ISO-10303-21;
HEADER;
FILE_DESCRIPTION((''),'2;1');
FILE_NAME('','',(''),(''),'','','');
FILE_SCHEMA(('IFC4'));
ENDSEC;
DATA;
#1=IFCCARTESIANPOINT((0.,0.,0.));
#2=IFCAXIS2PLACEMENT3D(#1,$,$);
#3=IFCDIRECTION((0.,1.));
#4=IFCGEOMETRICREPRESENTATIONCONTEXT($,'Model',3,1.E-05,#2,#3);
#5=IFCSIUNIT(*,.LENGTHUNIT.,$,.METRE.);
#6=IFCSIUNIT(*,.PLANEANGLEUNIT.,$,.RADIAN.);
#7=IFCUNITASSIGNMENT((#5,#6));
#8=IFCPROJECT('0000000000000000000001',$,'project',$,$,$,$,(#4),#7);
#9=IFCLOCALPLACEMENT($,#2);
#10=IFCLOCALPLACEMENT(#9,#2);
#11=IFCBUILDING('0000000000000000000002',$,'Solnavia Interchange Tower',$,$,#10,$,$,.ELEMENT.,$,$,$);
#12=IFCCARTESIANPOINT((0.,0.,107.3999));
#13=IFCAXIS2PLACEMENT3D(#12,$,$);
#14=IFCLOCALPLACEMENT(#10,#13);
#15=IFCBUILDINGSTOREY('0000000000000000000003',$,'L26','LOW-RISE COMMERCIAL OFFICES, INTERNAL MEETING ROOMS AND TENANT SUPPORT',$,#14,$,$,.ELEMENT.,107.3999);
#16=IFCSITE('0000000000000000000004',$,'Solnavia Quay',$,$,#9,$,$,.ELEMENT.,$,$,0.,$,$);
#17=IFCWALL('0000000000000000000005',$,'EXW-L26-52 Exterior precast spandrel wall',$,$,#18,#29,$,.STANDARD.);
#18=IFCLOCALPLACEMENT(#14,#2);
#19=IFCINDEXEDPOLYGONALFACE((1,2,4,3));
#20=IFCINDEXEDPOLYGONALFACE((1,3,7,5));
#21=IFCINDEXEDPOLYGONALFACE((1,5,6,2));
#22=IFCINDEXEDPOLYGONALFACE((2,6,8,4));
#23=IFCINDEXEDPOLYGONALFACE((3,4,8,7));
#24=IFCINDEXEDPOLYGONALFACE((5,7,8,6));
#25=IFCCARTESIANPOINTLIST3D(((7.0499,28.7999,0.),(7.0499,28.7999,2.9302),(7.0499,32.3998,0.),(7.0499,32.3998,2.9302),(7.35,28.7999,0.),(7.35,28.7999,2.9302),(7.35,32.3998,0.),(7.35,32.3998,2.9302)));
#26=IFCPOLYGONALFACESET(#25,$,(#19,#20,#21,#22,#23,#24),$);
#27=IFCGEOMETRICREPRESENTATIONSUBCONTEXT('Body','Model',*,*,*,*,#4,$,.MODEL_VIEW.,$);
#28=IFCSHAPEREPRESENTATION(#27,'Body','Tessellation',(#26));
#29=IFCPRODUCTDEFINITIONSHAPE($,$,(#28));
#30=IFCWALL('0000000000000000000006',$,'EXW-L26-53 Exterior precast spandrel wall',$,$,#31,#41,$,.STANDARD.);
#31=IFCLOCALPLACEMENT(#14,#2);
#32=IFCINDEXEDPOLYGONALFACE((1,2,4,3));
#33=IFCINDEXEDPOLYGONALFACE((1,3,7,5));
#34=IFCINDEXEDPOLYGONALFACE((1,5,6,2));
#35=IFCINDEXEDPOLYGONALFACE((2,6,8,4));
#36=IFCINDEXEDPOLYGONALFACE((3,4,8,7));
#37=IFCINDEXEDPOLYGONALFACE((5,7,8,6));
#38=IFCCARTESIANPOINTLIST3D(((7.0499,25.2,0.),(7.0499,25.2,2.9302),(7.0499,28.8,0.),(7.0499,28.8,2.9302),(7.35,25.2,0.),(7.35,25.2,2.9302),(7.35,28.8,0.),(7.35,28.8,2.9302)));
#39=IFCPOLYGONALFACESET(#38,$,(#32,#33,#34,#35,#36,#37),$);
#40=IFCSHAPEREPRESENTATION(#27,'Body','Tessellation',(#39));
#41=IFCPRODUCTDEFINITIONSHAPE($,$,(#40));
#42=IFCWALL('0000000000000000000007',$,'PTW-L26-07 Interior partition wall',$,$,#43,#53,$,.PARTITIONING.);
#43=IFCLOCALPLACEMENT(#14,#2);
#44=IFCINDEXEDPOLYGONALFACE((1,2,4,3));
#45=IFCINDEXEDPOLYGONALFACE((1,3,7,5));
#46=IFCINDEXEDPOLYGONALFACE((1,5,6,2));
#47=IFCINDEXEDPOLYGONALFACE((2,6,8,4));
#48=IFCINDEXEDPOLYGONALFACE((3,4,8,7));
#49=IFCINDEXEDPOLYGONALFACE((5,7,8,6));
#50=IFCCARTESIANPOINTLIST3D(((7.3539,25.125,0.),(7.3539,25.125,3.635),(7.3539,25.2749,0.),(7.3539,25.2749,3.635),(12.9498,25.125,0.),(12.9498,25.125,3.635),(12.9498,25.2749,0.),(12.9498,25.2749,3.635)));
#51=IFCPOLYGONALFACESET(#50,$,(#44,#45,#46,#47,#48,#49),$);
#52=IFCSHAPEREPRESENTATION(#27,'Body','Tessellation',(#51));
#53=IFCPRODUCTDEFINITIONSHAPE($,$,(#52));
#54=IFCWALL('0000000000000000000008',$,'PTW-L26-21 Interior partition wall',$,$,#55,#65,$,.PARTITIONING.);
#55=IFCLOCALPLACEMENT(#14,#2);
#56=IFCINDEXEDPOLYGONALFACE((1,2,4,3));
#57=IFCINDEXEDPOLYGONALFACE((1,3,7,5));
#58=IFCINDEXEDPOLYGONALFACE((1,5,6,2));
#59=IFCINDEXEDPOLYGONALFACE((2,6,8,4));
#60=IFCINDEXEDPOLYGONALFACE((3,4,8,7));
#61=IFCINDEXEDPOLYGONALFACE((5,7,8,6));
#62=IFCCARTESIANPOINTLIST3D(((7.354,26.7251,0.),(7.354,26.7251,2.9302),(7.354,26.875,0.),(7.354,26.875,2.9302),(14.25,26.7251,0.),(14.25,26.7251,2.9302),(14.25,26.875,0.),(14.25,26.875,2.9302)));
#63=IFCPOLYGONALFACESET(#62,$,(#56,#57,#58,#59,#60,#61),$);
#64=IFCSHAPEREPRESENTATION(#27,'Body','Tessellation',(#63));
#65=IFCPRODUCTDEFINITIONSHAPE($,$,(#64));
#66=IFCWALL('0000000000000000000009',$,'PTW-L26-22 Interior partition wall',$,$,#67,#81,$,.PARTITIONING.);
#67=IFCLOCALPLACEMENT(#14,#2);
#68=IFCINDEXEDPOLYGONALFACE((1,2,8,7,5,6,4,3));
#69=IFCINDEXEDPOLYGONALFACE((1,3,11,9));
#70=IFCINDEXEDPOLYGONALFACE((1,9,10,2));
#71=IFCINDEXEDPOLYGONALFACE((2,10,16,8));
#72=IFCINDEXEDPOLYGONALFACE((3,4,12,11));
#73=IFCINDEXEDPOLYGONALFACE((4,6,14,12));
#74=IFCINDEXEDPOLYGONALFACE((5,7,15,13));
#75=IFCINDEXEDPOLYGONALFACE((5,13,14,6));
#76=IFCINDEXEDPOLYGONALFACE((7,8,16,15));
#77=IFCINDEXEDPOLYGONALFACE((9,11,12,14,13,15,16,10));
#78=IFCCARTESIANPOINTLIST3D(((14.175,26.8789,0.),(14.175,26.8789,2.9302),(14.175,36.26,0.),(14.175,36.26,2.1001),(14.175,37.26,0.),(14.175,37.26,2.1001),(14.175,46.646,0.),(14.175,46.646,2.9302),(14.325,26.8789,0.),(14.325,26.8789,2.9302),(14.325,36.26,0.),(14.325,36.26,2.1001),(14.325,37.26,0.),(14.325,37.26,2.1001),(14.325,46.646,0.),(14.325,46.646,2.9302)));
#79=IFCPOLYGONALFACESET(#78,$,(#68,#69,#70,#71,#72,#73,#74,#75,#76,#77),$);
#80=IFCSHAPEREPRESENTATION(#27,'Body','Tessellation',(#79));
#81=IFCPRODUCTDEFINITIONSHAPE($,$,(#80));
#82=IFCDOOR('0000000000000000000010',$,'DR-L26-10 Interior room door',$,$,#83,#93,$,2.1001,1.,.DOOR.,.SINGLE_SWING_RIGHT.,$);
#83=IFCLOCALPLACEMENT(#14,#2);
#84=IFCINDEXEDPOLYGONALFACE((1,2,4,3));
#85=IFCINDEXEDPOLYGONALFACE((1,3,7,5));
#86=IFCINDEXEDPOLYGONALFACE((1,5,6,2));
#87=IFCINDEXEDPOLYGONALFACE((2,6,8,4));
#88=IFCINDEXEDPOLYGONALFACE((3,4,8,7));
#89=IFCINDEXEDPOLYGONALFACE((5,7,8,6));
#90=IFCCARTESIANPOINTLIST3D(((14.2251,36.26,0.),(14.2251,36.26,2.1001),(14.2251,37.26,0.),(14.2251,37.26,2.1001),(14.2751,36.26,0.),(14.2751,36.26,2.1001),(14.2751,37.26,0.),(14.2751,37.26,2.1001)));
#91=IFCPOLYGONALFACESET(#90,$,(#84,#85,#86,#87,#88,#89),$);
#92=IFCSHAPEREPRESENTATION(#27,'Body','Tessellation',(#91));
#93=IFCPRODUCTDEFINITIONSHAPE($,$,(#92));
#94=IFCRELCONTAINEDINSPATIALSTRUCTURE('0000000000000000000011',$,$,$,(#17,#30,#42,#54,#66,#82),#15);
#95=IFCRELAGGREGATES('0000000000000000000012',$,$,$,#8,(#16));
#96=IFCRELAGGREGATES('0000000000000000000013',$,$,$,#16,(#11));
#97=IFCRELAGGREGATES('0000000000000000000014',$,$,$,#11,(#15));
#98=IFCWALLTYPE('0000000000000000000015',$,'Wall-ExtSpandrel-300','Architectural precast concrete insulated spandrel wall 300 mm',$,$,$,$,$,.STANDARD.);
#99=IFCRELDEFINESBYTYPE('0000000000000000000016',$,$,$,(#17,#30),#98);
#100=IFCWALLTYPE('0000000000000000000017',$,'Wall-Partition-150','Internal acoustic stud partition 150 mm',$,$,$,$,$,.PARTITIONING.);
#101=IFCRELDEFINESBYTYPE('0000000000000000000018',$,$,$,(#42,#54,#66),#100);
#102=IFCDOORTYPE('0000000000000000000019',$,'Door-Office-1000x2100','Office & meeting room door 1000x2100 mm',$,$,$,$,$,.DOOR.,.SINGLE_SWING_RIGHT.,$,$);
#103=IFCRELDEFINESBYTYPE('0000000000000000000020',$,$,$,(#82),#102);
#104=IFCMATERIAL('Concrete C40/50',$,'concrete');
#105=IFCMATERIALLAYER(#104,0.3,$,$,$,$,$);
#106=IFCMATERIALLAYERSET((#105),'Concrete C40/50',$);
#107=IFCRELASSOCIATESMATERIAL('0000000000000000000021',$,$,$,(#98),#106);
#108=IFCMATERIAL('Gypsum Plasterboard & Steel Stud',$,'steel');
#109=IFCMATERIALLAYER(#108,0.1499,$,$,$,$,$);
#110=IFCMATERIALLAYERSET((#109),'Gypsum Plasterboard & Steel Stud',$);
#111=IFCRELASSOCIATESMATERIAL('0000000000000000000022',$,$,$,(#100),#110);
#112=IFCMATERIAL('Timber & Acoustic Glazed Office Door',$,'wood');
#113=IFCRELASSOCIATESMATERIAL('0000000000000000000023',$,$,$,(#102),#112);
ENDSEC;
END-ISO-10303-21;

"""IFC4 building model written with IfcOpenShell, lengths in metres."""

from ifc_helpers import new_model, si_unit, direction, frame, frame_2d, origin, place, context, subcontext, project, spatial, rectangle, extrude, material, layer, layer_set, type_object, element, fill, save


model = new_model("IFC4")

# Units and contexts
model_context = context("Model", 3, precision=1e-05, world=origin(), true_north=direction((0.0, 1.0)))
body_context = subcontext(model_context, "Body", "Model", "MODEL_VIEW")
ifc_project = project(units=[si_unit("LENGTHUNIT", "METRE"), si_unit("PLANEANGLEUNIT", "RADIAN")], contexts=[model_context])

# Site, building, storey
site_placement = place(None, origin())
site = spatial("IfcSite", under=ifc_project, at=site_placement, Name="Solnavia Quay", CompositionType="ELEMENT", RefElevation=0.0)
building_placement = place(site_placement, origin())
building = spatial("IfcBuilding", under=site, at=building_placement, Name="Solnavia Interchange Tower", CompositionType="ELEMENT")
storey_placement = place(building_placement, frame((0.0, 0.0, 107.3999)))
storey = spatial("IfcBuildingStorey", under=building, at=storey_placement, Name="L26", Description="LOW-RISE COMMERCIAL OFFICES, INTERNAL MEETING ROOMS AND TENANT SUPPORT", CompositionType="ELEMENT", Elevation=107.3999)

# Walls
ifc_material_1 = material(Name="Concrete C40/50", Category="concrete")
ifc_layer_1 = layer(ifc_material_1, 0.3)
ifc_layer_set_1 = layer_set([ifc_layer_1], Name="Concrete C40/50")
wall_type_1 = type_object("IfcWallType", Name="Wall-ExtSpandrel-300", Description="Architectural precast concrete insulated spandrel wall 300 mm", PredefinedType="STANDARD", material=ifc_layer_set_1)
wall_1_placement = place(storey_placement, frame((7.2, 28.8, 0.0), z_axis=(0.0, 0.0, 1.0), x_axis=(0.0, 1.0, 0.0)))
element("IfcWall", 1, at=wall_1_placement, inside=storey, type_object=wall_type_1, Name="EXW-L26-52 Exterior precast spandrel wall", PredefinedType="STANDARD", context=body_context, shape_type="SweptSolid", body=[
    extrude(rectangle(XDim=3.5999, YDim=0.3, at=frame_2d((1.7998, 0.0))), origin(), (0.0, 0.0, 1.0), 2.9302),
])
wall_2_placement = place(storey_placement, frame((7.2, 25.2, 0.0), z_axis=(0.0, 0.0, 1.0), x_axis=(0.0, 1.0, 0.0)))
element("IfcWall", 2, at=wall_2_placement, inside=storey, type_object=wall_type_1, Name="EXW-L26-53 Exterior precast spandrel wall", PredefinedType="STANDARD", context=body_context, shape_type="SweptSolid", body=[
    extrude(rectangle(XDim=3.6001, YDim=0.3, at=frame_2d((1.8, 0.0))), origin(), (0.0, 0.0, 1.0), 2.9302),
])
ifc_material_2 = material(Name="Gypsum Plasterboard & Steel Stud", Category="steel")
ifc_layer_2 = layer(ifc_material_2, 0.1499)
ifc_layer_set_2 = layer_set([ifc_layer_2], Name="Gypsum Plasterboard & Steel Stud")
wall_type_2 = type_object("IfcWallType", Name="Wall-Partition-150", Description="Internal acoustic stud partition 150 mm", PredefinedType="PARTITIONING", material=ifc_layer_set_2)
wall_3_placement = place(storey_placement, frame((7.354, 25.2, 0.0), z_axis=(0.0, 0.0, 1.0), x_axis=(1.0, 0.0, 0.0)))
element("IfcWall", 3, at=wall_3_placement, inside=storey, type_object=wall_type_2, Name="PTW-L26-07 Interior partition wall", PredefinedType="PARTITIONING", context=body_context, shape_type="SweptSolid", body=[
    extrude(rectangle(XDim=5.5959, YDim=0.1499, at=frame_2d((2.7979, 0.0))), origin(), (0.0, 0.0, 1.0), 3.635),
])
wall_4_placement = place(storey_placement, frame((7.354, 26.8, 0.0), z_axis=(0.0, 0.0, 1.0), x_axis=(1.0, 0.0, 0.0)))
element("IfcWall", 4, at=wall_4_placement, inside=storey, type_object=wall_type_2, Name="PTW-L26-21 Interior partition wall", PredefinedType="PARTITIONING", context=body_context, shape_type="SweptSolid", body=[
    extrude(rectangle(XDim=6.896, YDim=0.1499, at=frame_2d((3.448, 0.0))), origin(), (0.0, 0.0, 1.0), 2.9302),
])

# Wall, opening, door
wall_5_placement = place(storey_placement, frame((14.25, 26.8789, 0.0), z_axis=(0.0, 0.0, 1.0), x_axis=(0.0, 1.0, 0.0)))
wall_5 = element("IfcWall", 5, at=wall_5_placement, inside=storey, type_object=wall_type_2, Name="PTW-L26-22 Interior partition wall", PredefinedType="PARTITIONING", context=body_context, shape_type="SweptSolid", body=[
    extrude(rectangle(XDim=19.7671, YDim=0.1499, at=frame_2d((9.8835, 0.0))), origin(), (0.0, 0.0, 1.0), 2.9302),
])
opening_placement = place(wall_5_placement, frame((9.3811, 0.0, 0.0)))
opening = element("IfcOpeningElement", 6, at=opening_placement, cuts=wall_5, PredefinedType="OPENING", context=body_context, shape_type="SweptSolid", body=[
    extrude(rectangle(XDim=1.0, YDim=2.1001, at=frame_2d((0.5, 1.05))), frame((0.0, 0.085, 0.0), z_axis=(0.0, -1.0, 0.0), x_axis=(1.0, 0.0, 0.0)), (0.0, 0.0, 1.0), 0.1699),
])
ifc_material_3 = material(Name="Timber & Acoustic Glazed Office Door", Category="wood")
door_type = type_object("IfcDoorType", Name="Door-Office-1000x2100", Description="Office & meeting room door 1000x2100 mm", OperationType="SINGLE_SWING_RIGHT", PredefinedType="DOOR", material=ifc_material_3)
door_placement = place(opening_placement, origin())
door = element("IfcDoor", 7, at=door_placement, inside=storey, type_object=door_type, Name="DR-L26-10 Interior room door", OperationType="SINGLE_SWING_RIGHT", OverallHeight=2.1001, OverallWidth=1.0, PredefinedType="DOOR", context=body_context, shape_type="SweptSolid", body=[
    extrude(rectangle(XDim=1.0, YDim=2.1001, at=frame_2d((0.5, 1.05))), frame((0.0, 0.0249, 0.0), z_axis=(0.0, -1.0, 0.0), x_axis=(1.0, 0.0, 0.0)), (0.0, 0.0, 1.0), 0.05),
])
fill(opening, door)

save(model, "model.ifc")
